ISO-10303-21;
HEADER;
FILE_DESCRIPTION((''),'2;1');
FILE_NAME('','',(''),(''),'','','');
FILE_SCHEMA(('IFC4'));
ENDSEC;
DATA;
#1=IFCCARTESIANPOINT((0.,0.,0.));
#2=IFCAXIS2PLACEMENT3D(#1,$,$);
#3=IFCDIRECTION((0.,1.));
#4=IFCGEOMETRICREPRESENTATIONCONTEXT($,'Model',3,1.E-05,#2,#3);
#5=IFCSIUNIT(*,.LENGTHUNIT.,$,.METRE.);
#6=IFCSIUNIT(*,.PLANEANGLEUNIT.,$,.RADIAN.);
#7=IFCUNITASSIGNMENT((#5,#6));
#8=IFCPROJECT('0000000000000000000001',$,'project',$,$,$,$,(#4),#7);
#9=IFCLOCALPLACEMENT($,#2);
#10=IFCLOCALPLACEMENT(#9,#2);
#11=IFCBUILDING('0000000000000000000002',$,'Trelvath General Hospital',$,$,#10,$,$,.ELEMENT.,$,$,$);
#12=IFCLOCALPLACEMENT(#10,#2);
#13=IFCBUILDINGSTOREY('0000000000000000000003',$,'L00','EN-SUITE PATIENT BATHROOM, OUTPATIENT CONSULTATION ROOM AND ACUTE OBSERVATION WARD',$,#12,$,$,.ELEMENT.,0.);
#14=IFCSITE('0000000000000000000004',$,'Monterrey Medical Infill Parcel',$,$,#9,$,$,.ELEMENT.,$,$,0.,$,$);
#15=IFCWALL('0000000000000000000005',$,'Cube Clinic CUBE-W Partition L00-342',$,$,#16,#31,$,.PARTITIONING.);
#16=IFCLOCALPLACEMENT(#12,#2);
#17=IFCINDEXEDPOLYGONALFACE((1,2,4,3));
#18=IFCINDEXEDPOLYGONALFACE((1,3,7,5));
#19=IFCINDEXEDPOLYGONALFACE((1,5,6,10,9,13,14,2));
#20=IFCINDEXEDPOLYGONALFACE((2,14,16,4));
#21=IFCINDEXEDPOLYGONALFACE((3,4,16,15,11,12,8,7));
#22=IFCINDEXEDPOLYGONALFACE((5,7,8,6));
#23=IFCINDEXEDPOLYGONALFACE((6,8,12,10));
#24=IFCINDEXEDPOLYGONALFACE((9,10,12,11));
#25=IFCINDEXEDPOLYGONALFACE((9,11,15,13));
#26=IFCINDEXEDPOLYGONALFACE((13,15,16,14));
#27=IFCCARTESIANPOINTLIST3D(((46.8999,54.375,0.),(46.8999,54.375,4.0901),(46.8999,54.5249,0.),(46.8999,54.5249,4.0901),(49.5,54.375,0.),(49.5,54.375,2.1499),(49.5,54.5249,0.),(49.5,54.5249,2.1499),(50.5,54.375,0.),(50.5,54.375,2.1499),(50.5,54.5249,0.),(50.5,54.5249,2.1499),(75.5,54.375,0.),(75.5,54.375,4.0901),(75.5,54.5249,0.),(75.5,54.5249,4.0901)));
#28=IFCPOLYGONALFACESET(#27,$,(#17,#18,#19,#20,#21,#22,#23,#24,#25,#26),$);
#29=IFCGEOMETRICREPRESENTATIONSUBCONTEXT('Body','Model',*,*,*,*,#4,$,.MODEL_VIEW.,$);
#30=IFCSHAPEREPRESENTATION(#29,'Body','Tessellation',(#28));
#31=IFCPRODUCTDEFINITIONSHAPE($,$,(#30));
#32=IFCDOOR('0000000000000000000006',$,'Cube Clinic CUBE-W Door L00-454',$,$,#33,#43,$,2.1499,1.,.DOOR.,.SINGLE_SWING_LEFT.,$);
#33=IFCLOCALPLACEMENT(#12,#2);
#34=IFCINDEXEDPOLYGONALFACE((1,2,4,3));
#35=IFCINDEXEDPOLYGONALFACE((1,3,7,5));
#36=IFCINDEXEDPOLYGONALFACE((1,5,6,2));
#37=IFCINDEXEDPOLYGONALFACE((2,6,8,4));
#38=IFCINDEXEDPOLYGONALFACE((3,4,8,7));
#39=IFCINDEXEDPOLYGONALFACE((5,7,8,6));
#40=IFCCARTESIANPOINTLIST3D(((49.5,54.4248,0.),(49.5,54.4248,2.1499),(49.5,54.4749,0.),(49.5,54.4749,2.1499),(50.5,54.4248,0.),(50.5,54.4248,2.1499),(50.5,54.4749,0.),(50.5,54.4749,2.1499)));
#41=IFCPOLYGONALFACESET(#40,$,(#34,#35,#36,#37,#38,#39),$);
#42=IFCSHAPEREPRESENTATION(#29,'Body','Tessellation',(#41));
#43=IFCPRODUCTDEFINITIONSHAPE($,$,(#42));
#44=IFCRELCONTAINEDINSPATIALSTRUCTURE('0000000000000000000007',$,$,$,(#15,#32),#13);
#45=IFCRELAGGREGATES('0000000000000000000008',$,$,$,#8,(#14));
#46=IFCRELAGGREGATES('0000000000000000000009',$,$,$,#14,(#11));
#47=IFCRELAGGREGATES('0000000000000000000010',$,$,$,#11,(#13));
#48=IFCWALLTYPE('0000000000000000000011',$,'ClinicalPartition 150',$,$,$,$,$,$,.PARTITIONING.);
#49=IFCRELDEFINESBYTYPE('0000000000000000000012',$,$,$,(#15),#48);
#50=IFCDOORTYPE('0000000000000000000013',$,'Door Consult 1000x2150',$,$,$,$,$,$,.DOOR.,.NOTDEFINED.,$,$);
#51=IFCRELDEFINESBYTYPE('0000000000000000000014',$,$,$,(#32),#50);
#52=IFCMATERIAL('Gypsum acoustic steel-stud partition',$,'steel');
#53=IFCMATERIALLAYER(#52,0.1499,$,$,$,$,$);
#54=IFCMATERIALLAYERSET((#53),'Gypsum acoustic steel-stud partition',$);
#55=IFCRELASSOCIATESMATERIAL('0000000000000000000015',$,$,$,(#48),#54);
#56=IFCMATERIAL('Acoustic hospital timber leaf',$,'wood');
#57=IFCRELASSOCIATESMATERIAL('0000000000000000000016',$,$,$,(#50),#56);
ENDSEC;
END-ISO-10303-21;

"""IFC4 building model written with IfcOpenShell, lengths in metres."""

from ifc_helpers import new_model, si_unit, direction, frame, frame_2d, origin, place, context, subcontext, project, spatial, rectangle, extrude, material, layer, layer_set, type_object, element, fill, save


model = new_model("IFC4")

# Units and contexts
model_context = context("Model", 3, precision=1e-05, world=origin(), true_north=direction((0.0, 1.0)))
body_context = subcontext(model_context, "Body", "Model", "MODEL_VIEW")
ifc_project = project(units=[si_unit("LENGTHUNIT", "METRE"), si_unit("PLANEANGLEUNIT", "RADIAN")], contexts=[model_context])

# Site, building, storey
site_placement = place(None, origin())
site = spatial("IfcSite", under=ifc_project, at=site_placement, Name="Monterrey Medical Infill Parcel", CompositionType="ELEMENT", RefElevation=0.0)
building_placement = place(site_placement, origin())
building = spatial("IfcBuilding", under=site, at=building_placement, Name="Trelvath General Hospital", CompositionType="ELEMENT")
storey_placement = place(building_placement, origin())
storey = spatial("IfcBuildingStorey", under=building, at=storey_placement, Name="L00", Description="EN-SUITE PATIENT BATHROOM, OUTPATIENT CONSULTATION ROOM AND ACUTE OBSERVATION WARD", CompositionType="ELEMENT", Elevation=0.0)

# Wall, opening, door
ifc_material_1 = material(Name="Gypsum acoustic steel-stud partition", Category="steel")
ifc_layer_1 = layer(ifc_material_1, 0.1499)
ifc_layer_set_1 = layer_set([ifc_layer_1], Name="Gypsum acoustic steel-stud partition")
wall_type = type_object("IfcWallType", Name="ClinicalPartition 150", PredefinedType="PARTITIONING", material=ifc_layer_set_1)
wall_placement = place(storey_placement, frame((46.8999, 54.45, 0.0), z_axis=(0.0, 0.0, 1.0), x_axis=(1.0, 0.0, 0.0)))
wall = element("IfcWall", 1, at=wall_placement, inside=storey, type_object=wall_type, Name="Cube Clinic CUBE-W Partition L00-342", PredefinedType="PARTITIONING", context=body_context, shape_type="SweptSolid", body=[
    extrude(rectangle(XDim=28.6001, YDim=0.1499, at=frame_2d((14.3, 0.0))), origin(), (0.0, 0.0, 1.0), 4.0901),
])
opening_placement = place(wall_placement, frame((2.6001, 0.0, 0.0)))
opening = element("IfcOpeningElement", 2, at=opening_placement, cuts=wall, PredefinedType="OPENING", context=body_context, shape_type="SweptSolid", body=[
    extrude(rectangle(XDim=1.0, YDim=2.1499, at=frame_2d((0.5, 1.075))), frame((0.0, 0.085, 0.0), z_axis=(0.0, -1.0, 0.0), x_axis=(1.0, 0.0, 0.0)), (0.0, 0.0, 1.0), 0.1699),
])
ifc_material_2 = material(Name="Acoustic hospital timber leaf", Category="wood")
door_type = type_object("IfcDoorType", Name="Door Consult 1000x2150", OperationType="NOTDEFINED", PredefinedType="DOOR", material=ifc_material_2)
door_placement = place(opening_placement, origin())
door = element("IfcDoor", 3, at=door_placement, inside=storey, type_object=door_type, Name="Cube Clinic CUBE-W Door L00-454", OperationType="SINGLE_SWING_LEFT", OverallHeight=2.1499, OverallWidth=1.0, PredefinedType="DOOR", context=body_context, shape_type="SweptSolid", body=[
    extrude(rectangle(XDim=1.0, YDim=2.1499, at=frame_2d((0.5, 1.075))), frame((0.0, 0.0249, 0.0), z_axis=(0.0, -1.0, 0.0), x_axis=(1.0, 0.0, 0.0)), (0.0, 0.0, 1.0), 0.05),
])
fill(opening, door)

save(model, "model.ifc")
